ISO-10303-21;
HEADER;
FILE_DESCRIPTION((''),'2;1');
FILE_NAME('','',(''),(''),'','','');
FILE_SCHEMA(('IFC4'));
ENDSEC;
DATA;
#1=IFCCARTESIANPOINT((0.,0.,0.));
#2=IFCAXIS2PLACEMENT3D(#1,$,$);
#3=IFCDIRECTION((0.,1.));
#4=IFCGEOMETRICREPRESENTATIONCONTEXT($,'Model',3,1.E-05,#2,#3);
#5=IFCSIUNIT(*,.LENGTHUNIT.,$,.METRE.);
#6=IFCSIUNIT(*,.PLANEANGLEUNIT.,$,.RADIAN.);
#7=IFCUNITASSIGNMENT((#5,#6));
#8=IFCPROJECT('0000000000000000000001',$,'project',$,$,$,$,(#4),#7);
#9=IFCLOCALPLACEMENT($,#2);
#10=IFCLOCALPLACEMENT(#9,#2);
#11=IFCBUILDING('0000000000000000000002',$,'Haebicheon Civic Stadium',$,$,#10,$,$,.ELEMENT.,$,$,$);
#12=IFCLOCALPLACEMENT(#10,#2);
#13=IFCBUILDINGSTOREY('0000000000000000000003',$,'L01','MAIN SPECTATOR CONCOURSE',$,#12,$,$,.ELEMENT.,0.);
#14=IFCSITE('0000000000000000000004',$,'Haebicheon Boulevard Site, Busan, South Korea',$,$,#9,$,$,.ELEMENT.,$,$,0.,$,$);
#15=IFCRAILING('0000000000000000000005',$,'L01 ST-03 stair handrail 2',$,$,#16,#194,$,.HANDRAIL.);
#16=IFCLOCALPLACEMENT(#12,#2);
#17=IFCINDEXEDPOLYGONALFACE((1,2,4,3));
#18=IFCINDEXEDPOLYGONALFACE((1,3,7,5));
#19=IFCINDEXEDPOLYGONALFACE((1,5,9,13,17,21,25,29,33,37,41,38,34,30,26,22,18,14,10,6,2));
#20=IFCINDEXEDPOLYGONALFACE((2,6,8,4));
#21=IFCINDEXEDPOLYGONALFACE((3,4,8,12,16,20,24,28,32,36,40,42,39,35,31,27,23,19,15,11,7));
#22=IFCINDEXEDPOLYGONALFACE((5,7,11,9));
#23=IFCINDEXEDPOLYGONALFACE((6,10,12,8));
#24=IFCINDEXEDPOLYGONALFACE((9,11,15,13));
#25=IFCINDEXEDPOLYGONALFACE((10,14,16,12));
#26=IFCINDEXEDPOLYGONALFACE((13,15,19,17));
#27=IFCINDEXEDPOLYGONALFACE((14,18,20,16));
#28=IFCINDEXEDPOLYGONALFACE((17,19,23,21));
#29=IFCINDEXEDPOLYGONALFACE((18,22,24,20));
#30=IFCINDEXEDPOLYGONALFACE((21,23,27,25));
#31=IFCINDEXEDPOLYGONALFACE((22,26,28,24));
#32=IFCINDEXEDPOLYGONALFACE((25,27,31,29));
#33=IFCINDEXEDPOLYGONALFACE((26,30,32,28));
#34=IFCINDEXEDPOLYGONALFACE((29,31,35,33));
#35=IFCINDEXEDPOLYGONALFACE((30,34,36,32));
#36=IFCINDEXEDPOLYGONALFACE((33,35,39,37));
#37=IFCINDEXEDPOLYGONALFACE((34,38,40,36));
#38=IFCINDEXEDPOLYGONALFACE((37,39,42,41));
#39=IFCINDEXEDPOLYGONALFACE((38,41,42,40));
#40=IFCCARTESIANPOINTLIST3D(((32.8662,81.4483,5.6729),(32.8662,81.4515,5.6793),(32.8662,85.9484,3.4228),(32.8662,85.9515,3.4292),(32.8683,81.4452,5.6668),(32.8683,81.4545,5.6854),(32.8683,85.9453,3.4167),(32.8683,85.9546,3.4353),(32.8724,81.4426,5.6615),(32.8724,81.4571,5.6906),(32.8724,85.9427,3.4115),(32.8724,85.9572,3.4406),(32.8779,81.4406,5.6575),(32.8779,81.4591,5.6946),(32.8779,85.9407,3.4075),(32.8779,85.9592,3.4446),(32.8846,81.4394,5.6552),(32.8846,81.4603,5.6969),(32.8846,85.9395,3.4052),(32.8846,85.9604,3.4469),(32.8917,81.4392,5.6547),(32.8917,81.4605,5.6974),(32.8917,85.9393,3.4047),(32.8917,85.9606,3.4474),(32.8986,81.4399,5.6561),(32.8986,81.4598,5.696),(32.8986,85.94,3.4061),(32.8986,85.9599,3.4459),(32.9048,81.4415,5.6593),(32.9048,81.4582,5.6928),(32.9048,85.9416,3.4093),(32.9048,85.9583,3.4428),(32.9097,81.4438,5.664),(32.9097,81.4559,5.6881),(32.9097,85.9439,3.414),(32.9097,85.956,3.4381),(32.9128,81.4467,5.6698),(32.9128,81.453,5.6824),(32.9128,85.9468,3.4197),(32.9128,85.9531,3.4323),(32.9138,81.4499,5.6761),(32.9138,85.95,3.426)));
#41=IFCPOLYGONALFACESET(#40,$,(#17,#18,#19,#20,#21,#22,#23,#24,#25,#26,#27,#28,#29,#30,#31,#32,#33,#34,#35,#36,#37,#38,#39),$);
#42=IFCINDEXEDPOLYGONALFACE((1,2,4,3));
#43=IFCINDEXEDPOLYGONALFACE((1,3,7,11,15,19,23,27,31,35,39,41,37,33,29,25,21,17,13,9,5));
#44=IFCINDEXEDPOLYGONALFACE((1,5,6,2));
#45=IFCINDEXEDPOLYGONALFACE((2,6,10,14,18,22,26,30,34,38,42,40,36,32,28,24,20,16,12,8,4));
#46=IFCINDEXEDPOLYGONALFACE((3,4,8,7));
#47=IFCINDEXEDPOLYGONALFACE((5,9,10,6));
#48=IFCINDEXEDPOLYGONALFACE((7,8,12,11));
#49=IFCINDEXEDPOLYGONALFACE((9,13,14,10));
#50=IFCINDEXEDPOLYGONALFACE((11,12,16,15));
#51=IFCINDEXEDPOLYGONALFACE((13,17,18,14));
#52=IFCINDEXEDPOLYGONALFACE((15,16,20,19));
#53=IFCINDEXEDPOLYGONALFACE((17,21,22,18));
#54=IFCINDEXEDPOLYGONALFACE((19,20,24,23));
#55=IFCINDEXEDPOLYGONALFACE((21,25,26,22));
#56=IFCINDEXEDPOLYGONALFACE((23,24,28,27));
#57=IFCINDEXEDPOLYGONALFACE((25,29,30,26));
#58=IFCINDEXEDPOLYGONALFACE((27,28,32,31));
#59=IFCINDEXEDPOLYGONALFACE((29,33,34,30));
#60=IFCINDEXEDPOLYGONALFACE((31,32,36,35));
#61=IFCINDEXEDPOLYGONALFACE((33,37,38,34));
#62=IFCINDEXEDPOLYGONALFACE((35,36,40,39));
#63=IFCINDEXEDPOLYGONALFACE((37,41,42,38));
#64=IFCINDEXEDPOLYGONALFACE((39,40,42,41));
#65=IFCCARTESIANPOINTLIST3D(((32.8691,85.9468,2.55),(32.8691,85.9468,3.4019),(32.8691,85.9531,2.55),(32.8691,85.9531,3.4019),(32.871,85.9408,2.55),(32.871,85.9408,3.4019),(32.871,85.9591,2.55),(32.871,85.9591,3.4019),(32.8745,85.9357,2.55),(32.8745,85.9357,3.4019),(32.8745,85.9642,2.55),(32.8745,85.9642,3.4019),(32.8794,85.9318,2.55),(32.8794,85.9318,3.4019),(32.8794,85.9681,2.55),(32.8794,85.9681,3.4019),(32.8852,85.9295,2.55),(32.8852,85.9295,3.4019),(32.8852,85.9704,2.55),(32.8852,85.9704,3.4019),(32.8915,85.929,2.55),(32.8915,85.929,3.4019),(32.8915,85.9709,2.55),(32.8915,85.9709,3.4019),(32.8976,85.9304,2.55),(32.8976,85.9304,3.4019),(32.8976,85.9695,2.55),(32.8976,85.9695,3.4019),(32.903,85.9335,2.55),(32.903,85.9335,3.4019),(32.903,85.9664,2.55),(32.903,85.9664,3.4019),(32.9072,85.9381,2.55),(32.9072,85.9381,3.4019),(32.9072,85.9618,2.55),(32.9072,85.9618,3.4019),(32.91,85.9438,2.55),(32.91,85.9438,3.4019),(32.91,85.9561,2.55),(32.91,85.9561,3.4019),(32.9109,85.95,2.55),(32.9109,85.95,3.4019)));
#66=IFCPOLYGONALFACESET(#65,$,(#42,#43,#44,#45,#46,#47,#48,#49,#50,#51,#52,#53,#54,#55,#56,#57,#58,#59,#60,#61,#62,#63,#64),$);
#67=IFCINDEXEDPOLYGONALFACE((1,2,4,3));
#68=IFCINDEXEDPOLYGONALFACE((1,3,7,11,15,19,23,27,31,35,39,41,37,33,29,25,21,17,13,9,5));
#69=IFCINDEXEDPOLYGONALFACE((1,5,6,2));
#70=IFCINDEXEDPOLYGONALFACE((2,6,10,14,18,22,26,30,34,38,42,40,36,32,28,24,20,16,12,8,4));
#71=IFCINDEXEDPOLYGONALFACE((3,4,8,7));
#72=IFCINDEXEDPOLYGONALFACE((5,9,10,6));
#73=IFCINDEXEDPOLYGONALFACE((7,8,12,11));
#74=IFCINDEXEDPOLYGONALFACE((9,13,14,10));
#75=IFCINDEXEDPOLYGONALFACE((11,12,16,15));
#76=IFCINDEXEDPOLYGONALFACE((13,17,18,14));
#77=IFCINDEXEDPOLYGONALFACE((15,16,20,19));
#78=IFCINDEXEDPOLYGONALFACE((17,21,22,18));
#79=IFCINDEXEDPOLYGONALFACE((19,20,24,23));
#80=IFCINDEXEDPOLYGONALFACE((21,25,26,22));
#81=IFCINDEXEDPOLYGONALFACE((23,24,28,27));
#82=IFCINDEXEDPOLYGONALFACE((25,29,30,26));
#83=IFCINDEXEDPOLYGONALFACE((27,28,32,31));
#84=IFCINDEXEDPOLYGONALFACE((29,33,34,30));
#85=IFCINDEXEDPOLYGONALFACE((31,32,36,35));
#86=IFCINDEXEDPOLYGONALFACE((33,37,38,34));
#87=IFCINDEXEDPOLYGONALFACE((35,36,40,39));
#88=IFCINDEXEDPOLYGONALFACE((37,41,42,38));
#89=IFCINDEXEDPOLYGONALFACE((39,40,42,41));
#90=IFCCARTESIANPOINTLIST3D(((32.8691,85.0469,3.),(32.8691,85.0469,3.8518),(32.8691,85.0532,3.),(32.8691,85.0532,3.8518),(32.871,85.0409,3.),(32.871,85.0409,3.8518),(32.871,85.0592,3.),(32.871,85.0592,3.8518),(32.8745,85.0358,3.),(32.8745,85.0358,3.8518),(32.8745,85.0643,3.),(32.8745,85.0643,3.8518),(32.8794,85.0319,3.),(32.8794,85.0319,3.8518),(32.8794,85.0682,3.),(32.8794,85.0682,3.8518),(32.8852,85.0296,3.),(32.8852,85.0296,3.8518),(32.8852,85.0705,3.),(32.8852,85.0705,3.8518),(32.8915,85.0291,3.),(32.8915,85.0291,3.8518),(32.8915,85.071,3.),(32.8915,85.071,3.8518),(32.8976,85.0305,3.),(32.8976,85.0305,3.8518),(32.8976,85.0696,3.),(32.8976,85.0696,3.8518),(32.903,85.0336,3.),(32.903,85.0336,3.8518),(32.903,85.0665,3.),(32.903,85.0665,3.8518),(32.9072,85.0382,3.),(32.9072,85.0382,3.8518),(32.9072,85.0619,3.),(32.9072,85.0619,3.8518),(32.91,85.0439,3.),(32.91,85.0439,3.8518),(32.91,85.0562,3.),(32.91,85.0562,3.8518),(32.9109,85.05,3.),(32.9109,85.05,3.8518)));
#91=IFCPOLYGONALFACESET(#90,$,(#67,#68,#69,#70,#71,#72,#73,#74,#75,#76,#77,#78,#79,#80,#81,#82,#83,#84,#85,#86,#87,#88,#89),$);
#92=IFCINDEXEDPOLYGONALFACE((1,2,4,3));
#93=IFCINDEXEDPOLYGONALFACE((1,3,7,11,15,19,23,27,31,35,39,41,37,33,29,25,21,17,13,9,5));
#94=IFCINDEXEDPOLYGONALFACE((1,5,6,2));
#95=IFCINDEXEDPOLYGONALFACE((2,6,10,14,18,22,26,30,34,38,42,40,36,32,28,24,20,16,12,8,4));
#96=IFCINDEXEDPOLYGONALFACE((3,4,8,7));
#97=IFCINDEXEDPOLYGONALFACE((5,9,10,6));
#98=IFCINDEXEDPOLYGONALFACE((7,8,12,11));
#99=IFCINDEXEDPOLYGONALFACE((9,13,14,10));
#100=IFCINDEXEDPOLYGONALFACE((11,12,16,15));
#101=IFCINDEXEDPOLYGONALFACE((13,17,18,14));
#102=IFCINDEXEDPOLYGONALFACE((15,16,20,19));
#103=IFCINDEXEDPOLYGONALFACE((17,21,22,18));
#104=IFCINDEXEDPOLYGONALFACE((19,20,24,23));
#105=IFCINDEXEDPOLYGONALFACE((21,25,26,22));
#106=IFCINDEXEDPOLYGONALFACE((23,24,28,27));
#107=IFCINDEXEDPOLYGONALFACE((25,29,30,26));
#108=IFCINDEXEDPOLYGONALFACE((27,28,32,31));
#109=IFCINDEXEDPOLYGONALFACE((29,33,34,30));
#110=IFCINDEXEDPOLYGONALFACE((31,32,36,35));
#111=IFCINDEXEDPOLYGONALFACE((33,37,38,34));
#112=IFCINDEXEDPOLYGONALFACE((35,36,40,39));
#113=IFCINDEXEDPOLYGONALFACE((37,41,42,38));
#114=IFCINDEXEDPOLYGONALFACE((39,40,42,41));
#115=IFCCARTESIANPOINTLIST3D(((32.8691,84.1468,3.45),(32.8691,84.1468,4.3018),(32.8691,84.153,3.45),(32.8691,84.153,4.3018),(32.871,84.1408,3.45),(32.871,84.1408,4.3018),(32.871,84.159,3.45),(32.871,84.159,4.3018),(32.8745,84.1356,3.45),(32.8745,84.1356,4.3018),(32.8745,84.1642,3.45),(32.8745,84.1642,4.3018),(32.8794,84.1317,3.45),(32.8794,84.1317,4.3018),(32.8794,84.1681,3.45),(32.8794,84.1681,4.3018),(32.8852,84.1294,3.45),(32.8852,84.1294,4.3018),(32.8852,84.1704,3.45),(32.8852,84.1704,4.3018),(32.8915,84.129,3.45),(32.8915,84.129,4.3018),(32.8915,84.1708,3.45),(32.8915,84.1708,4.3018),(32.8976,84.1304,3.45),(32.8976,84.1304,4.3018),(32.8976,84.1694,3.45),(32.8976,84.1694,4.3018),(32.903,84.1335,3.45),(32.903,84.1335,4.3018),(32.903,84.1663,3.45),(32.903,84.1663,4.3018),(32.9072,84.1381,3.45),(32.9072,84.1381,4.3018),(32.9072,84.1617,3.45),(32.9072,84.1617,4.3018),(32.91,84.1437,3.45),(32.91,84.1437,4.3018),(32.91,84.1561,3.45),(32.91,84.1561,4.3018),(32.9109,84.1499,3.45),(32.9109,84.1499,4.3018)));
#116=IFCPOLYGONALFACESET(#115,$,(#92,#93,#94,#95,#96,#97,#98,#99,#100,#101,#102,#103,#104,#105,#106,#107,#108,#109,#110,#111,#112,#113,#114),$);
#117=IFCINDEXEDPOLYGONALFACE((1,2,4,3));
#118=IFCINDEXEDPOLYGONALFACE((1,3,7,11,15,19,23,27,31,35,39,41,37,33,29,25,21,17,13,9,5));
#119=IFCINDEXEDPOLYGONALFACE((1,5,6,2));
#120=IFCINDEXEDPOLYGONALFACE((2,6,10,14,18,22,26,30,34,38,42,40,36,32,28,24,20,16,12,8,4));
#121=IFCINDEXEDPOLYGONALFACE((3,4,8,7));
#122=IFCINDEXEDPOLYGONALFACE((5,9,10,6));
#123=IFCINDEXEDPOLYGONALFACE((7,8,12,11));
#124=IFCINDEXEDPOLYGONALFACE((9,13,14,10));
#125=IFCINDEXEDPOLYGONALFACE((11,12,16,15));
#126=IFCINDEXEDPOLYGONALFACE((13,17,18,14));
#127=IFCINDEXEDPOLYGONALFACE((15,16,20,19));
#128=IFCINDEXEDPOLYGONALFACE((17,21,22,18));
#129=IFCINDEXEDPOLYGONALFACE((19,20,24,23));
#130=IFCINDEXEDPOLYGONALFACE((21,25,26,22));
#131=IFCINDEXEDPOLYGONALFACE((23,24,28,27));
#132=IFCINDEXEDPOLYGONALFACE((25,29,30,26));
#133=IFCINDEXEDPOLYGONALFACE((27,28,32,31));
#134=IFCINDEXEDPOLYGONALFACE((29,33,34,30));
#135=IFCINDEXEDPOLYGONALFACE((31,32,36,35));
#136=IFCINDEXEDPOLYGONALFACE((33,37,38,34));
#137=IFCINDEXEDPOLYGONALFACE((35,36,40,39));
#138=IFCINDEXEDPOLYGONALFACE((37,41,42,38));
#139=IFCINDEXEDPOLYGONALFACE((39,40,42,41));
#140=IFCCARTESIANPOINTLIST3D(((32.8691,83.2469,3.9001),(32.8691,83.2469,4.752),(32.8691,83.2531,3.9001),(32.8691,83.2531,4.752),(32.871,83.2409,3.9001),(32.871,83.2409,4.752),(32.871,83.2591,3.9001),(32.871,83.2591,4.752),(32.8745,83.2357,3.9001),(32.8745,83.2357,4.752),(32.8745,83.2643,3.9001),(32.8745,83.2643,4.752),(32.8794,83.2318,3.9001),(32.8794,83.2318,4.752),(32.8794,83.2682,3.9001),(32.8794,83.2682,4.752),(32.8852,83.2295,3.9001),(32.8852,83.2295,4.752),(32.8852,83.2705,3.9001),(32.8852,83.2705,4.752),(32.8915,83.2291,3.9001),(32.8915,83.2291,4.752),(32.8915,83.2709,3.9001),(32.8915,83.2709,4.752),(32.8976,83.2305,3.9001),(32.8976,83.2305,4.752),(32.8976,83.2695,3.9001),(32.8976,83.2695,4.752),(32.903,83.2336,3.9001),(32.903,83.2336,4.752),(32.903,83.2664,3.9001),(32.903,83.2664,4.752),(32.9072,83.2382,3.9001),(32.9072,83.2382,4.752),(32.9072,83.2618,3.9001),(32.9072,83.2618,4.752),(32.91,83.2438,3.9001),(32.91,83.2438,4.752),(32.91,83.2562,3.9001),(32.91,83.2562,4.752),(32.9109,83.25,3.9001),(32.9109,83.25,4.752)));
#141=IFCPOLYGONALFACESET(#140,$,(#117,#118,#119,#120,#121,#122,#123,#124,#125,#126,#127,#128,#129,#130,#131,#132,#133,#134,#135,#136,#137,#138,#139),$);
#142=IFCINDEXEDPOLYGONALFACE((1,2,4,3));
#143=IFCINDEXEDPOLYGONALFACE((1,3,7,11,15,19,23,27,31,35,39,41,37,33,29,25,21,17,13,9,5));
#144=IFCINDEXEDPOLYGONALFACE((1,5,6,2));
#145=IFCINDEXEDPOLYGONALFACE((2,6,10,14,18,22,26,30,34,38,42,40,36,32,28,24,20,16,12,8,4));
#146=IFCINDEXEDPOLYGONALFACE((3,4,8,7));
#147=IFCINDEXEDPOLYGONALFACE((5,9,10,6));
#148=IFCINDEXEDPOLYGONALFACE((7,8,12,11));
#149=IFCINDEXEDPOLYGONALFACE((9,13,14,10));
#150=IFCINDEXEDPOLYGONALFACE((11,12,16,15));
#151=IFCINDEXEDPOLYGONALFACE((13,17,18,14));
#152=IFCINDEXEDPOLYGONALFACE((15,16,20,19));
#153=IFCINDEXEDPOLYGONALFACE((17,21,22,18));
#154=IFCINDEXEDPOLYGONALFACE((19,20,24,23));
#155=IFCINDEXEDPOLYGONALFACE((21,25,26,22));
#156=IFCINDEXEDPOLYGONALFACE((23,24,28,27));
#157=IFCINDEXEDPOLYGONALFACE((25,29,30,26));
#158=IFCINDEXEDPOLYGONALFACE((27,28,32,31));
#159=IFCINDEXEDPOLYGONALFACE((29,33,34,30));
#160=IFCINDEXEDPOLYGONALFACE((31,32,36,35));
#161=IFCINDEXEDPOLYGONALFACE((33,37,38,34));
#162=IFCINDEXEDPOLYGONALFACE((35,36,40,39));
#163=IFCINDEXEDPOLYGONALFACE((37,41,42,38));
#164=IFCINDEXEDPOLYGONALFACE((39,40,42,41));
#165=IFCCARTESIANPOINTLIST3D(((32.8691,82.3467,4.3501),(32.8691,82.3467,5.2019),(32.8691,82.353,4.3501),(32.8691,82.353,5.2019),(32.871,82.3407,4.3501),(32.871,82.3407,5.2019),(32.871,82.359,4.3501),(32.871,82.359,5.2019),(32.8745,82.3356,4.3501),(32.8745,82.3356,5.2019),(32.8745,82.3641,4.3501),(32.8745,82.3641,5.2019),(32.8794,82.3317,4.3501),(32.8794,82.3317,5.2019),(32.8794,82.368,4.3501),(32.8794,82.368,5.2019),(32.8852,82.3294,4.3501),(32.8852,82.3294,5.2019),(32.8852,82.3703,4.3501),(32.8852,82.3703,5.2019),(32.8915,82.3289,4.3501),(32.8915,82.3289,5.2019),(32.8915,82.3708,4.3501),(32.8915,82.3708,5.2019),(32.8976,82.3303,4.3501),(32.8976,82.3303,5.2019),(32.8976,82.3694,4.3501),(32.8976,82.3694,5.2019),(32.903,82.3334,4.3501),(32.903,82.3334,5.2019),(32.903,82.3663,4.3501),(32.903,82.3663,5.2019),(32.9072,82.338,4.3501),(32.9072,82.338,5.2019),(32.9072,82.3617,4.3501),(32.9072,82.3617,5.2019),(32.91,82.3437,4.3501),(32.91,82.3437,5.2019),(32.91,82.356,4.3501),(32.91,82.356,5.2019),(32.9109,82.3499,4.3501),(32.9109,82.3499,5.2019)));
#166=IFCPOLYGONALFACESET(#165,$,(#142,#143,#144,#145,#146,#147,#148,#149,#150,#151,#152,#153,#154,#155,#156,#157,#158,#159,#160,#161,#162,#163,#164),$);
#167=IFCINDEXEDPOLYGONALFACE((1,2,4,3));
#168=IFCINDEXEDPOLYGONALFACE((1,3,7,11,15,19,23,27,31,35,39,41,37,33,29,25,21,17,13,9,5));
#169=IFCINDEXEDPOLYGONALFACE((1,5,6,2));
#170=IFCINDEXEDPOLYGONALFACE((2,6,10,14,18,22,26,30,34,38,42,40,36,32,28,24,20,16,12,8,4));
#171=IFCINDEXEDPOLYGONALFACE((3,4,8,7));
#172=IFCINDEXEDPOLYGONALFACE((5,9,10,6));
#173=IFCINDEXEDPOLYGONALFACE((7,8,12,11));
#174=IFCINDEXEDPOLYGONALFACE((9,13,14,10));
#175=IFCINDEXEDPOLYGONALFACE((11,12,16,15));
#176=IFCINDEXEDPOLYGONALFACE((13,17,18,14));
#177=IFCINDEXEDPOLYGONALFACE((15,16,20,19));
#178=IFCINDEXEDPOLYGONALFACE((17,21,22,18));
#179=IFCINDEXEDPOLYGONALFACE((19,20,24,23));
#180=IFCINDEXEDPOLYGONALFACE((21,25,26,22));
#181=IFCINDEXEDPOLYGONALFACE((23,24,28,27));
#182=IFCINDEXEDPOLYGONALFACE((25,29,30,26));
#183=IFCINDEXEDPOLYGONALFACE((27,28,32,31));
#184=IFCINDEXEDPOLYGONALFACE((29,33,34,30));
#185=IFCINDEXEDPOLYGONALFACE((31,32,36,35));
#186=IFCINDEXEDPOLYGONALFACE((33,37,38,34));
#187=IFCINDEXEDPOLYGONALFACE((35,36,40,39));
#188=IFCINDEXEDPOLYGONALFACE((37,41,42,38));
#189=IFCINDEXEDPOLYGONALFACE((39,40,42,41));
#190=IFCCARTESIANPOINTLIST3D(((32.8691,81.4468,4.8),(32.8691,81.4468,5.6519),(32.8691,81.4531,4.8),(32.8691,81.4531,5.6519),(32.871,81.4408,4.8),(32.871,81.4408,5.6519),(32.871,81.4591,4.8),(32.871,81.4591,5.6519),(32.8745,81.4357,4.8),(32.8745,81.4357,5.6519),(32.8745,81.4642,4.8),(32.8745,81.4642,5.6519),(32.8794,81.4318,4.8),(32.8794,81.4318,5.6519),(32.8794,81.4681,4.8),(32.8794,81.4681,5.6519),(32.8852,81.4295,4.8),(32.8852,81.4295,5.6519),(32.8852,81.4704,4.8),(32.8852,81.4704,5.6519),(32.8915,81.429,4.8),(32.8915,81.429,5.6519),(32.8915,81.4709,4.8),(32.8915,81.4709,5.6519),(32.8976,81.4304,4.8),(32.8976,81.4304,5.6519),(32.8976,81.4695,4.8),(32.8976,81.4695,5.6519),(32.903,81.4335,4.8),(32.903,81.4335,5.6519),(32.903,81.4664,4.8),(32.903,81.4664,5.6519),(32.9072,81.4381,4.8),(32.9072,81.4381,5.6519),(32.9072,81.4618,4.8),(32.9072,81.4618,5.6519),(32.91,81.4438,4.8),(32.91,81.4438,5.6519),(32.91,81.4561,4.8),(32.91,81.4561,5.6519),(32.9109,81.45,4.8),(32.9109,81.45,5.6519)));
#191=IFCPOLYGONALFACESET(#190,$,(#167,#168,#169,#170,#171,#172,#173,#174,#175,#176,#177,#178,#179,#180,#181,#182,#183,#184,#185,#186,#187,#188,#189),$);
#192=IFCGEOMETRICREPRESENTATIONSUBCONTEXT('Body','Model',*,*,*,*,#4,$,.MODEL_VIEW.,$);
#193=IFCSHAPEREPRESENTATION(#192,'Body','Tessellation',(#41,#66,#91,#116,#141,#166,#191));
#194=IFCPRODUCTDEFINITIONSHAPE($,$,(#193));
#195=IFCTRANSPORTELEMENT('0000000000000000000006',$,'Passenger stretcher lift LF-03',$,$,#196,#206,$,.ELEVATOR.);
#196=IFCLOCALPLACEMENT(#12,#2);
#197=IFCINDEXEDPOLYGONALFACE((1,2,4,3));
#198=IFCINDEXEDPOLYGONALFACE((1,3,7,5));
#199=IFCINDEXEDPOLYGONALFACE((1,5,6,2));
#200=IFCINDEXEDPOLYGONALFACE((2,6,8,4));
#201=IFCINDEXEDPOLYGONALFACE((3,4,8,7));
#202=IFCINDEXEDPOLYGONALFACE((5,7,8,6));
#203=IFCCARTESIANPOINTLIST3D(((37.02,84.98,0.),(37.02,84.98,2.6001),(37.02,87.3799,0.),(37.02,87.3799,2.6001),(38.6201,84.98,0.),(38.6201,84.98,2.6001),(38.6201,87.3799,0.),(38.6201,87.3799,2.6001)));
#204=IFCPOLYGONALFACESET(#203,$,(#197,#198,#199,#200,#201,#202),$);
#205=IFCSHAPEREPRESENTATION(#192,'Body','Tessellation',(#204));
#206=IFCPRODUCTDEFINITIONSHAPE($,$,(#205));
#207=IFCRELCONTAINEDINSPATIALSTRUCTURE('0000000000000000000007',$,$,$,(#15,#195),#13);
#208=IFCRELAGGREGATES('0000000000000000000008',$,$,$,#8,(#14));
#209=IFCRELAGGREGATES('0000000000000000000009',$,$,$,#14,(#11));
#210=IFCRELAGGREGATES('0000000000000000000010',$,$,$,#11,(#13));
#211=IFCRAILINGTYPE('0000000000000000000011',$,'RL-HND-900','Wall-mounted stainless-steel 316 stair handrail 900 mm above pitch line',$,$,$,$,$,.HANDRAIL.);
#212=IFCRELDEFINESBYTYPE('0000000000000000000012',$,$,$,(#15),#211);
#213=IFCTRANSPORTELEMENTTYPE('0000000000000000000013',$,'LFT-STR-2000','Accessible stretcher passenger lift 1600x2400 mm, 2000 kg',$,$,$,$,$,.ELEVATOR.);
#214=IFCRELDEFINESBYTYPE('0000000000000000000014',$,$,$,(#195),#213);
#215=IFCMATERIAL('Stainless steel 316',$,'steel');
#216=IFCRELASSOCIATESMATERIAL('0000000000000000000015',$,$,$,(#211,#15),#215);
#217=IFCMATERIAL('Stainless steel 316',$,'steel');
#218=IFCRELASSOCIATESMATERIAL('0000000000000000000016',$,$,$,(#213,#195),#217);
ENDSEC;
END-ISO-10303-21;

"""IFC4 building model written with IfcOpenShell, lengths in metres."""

from ifc_helpers import new_model, si_unit, direction, frame, origin, origin_2d, place, context, subcontext, project, spatial, rectangle, circle, extrude, material, type_object, element, save


model = new_model("IFC4")

# Units and contexts
model_context = context("Model", 3, precision=1e-05, world=origin(), true_north=direction((0.0, 1.0)))
body_context = subcontext(model_context, "Body", "Model", "MODEL_VIEW")
ifc_project = project(units=[si_unit("LENGTHUNIT", "METRE"), si_unit("PLANEANGLEUNIT", "RADIAN")], contexts=[model_context])

# Site, building, storey
site_placement = place(None, origin())
site = spatial("IfcSite", under=ifc_project, at=site_placement, Name="Haebicheon Boulevard Site, Busan, South Korea", CompositionType="ELEMENT", RefElevation=0.0)
building_placement = place(site_placement, origin())
building = spatial("IfcBuilding", under=site, at=building_placement, Name="Haebicheon Civic Stadium", CompositionType="ELEMENT")
storey_placement = place(building_placement, origin())
storey = spatial("IfcBuildingStorey", under=building, at=storey_placement, Name="L01", Description="MAIN SPECTATOR CONCOURSE", CompositionType="ELEMENT", Elevation=0.0)

# Railing
ifc_material_1 = material(Name="Stainless steel 316", Category="steel")
railing_type_1 = type_object("IfcRailingType", Name="RL-HND-900", Description="Wall-mounted stainless-steel 316 stair handrail 900 mm above pitch line", PredefinedType="HANDRAIL", material=ifc_material_1)
railing_1_placement = place(storey_placement, frame((32.8899, 85.95, 2.55)))
element("IfcRailing", 1, at=railing_1_placement, inside=storey, type_object=railing_type_1, material=ifc_material_1, Name="L01 ST-03 stair handrail 2", PredefinedType="HANDRAIL", context=body_context, shape_type="SweptSolid", body=[
    extrude(circle(Radius=0.0239, at=origin_2d()), frame((0.0, 0.0, 0.876), z_axis=(0.0, -0.894427, 0.447214), x_axis=(1.0, 0.0, 0.0)), (0.0, 0.0, 1.0), 5.0312),
    extrude(circle(Radius=0.021, at=origin_2d()), origin(), (0.0, 0.0, 1.0), 0.8518),
    extrude(circle(Radius=0.021, at=origin_2d()), frame((0.0, -0.8999, 0.45)), (0.0, 0.0, 1.0), 0.8518),
    extrude(circle(Radius=0.021, at=origin_2d()), frame((0.0, -1.8, 0.8999)), (0.0, 0.0, 1.0), 0.8518),
    extrude(circle(Radius=0.021, at=origin_2d()), frame((0.0, -2.7, 1.3501)), (0.0, 0.0, 1.0), 0.8518),
    extrude(circle(Radius=0.021, at=origin_2d()), frame((0.0, -3.6001, 1.8)), (0.0, 0.0, 1.0), 0.8518),
    extrude(circle(Radius=0.021, at=origin_2d()), frame((0.0, -4.5, 2.25)), (0.0, 0.0, 1.0), 0.8518),
])

# Transport element
ifc_material_2 = material(Name="Stainless steel 316", Category="steel")
transport_element_type = type_object("IfcTransportElementType", Name="LFT-STR-2000", Description="Accessible stretcher passenger lift 1600x2400 mm, 2000 kg", PredefinedType="ELEVATOR", material=ifc_material_2)
transport_element_placement = place(storey_placement, frame((37.8201, 86.1799, 0.0), z_axis=(0.0, 0.0, 1.0), x_axis=(1.0, 0.0, 0.0)))
element("IfcTransportElement", 2, at=transport_element_placement, inside=storey, type_object=transport_element_type, material=ifc_material_2, Name="Passenger stretcher lift LF-03", PredefinedType="ELEVATOR", context=body_context, shape_type="SweptSolid", body=[
    extrude(rectangle(XDim=1.6001, YDim=2.3999, at=origin_2d()), origin(), (0.0, 0.0, 1.0), 2.6001),
])

save(model, "model.ifc")
